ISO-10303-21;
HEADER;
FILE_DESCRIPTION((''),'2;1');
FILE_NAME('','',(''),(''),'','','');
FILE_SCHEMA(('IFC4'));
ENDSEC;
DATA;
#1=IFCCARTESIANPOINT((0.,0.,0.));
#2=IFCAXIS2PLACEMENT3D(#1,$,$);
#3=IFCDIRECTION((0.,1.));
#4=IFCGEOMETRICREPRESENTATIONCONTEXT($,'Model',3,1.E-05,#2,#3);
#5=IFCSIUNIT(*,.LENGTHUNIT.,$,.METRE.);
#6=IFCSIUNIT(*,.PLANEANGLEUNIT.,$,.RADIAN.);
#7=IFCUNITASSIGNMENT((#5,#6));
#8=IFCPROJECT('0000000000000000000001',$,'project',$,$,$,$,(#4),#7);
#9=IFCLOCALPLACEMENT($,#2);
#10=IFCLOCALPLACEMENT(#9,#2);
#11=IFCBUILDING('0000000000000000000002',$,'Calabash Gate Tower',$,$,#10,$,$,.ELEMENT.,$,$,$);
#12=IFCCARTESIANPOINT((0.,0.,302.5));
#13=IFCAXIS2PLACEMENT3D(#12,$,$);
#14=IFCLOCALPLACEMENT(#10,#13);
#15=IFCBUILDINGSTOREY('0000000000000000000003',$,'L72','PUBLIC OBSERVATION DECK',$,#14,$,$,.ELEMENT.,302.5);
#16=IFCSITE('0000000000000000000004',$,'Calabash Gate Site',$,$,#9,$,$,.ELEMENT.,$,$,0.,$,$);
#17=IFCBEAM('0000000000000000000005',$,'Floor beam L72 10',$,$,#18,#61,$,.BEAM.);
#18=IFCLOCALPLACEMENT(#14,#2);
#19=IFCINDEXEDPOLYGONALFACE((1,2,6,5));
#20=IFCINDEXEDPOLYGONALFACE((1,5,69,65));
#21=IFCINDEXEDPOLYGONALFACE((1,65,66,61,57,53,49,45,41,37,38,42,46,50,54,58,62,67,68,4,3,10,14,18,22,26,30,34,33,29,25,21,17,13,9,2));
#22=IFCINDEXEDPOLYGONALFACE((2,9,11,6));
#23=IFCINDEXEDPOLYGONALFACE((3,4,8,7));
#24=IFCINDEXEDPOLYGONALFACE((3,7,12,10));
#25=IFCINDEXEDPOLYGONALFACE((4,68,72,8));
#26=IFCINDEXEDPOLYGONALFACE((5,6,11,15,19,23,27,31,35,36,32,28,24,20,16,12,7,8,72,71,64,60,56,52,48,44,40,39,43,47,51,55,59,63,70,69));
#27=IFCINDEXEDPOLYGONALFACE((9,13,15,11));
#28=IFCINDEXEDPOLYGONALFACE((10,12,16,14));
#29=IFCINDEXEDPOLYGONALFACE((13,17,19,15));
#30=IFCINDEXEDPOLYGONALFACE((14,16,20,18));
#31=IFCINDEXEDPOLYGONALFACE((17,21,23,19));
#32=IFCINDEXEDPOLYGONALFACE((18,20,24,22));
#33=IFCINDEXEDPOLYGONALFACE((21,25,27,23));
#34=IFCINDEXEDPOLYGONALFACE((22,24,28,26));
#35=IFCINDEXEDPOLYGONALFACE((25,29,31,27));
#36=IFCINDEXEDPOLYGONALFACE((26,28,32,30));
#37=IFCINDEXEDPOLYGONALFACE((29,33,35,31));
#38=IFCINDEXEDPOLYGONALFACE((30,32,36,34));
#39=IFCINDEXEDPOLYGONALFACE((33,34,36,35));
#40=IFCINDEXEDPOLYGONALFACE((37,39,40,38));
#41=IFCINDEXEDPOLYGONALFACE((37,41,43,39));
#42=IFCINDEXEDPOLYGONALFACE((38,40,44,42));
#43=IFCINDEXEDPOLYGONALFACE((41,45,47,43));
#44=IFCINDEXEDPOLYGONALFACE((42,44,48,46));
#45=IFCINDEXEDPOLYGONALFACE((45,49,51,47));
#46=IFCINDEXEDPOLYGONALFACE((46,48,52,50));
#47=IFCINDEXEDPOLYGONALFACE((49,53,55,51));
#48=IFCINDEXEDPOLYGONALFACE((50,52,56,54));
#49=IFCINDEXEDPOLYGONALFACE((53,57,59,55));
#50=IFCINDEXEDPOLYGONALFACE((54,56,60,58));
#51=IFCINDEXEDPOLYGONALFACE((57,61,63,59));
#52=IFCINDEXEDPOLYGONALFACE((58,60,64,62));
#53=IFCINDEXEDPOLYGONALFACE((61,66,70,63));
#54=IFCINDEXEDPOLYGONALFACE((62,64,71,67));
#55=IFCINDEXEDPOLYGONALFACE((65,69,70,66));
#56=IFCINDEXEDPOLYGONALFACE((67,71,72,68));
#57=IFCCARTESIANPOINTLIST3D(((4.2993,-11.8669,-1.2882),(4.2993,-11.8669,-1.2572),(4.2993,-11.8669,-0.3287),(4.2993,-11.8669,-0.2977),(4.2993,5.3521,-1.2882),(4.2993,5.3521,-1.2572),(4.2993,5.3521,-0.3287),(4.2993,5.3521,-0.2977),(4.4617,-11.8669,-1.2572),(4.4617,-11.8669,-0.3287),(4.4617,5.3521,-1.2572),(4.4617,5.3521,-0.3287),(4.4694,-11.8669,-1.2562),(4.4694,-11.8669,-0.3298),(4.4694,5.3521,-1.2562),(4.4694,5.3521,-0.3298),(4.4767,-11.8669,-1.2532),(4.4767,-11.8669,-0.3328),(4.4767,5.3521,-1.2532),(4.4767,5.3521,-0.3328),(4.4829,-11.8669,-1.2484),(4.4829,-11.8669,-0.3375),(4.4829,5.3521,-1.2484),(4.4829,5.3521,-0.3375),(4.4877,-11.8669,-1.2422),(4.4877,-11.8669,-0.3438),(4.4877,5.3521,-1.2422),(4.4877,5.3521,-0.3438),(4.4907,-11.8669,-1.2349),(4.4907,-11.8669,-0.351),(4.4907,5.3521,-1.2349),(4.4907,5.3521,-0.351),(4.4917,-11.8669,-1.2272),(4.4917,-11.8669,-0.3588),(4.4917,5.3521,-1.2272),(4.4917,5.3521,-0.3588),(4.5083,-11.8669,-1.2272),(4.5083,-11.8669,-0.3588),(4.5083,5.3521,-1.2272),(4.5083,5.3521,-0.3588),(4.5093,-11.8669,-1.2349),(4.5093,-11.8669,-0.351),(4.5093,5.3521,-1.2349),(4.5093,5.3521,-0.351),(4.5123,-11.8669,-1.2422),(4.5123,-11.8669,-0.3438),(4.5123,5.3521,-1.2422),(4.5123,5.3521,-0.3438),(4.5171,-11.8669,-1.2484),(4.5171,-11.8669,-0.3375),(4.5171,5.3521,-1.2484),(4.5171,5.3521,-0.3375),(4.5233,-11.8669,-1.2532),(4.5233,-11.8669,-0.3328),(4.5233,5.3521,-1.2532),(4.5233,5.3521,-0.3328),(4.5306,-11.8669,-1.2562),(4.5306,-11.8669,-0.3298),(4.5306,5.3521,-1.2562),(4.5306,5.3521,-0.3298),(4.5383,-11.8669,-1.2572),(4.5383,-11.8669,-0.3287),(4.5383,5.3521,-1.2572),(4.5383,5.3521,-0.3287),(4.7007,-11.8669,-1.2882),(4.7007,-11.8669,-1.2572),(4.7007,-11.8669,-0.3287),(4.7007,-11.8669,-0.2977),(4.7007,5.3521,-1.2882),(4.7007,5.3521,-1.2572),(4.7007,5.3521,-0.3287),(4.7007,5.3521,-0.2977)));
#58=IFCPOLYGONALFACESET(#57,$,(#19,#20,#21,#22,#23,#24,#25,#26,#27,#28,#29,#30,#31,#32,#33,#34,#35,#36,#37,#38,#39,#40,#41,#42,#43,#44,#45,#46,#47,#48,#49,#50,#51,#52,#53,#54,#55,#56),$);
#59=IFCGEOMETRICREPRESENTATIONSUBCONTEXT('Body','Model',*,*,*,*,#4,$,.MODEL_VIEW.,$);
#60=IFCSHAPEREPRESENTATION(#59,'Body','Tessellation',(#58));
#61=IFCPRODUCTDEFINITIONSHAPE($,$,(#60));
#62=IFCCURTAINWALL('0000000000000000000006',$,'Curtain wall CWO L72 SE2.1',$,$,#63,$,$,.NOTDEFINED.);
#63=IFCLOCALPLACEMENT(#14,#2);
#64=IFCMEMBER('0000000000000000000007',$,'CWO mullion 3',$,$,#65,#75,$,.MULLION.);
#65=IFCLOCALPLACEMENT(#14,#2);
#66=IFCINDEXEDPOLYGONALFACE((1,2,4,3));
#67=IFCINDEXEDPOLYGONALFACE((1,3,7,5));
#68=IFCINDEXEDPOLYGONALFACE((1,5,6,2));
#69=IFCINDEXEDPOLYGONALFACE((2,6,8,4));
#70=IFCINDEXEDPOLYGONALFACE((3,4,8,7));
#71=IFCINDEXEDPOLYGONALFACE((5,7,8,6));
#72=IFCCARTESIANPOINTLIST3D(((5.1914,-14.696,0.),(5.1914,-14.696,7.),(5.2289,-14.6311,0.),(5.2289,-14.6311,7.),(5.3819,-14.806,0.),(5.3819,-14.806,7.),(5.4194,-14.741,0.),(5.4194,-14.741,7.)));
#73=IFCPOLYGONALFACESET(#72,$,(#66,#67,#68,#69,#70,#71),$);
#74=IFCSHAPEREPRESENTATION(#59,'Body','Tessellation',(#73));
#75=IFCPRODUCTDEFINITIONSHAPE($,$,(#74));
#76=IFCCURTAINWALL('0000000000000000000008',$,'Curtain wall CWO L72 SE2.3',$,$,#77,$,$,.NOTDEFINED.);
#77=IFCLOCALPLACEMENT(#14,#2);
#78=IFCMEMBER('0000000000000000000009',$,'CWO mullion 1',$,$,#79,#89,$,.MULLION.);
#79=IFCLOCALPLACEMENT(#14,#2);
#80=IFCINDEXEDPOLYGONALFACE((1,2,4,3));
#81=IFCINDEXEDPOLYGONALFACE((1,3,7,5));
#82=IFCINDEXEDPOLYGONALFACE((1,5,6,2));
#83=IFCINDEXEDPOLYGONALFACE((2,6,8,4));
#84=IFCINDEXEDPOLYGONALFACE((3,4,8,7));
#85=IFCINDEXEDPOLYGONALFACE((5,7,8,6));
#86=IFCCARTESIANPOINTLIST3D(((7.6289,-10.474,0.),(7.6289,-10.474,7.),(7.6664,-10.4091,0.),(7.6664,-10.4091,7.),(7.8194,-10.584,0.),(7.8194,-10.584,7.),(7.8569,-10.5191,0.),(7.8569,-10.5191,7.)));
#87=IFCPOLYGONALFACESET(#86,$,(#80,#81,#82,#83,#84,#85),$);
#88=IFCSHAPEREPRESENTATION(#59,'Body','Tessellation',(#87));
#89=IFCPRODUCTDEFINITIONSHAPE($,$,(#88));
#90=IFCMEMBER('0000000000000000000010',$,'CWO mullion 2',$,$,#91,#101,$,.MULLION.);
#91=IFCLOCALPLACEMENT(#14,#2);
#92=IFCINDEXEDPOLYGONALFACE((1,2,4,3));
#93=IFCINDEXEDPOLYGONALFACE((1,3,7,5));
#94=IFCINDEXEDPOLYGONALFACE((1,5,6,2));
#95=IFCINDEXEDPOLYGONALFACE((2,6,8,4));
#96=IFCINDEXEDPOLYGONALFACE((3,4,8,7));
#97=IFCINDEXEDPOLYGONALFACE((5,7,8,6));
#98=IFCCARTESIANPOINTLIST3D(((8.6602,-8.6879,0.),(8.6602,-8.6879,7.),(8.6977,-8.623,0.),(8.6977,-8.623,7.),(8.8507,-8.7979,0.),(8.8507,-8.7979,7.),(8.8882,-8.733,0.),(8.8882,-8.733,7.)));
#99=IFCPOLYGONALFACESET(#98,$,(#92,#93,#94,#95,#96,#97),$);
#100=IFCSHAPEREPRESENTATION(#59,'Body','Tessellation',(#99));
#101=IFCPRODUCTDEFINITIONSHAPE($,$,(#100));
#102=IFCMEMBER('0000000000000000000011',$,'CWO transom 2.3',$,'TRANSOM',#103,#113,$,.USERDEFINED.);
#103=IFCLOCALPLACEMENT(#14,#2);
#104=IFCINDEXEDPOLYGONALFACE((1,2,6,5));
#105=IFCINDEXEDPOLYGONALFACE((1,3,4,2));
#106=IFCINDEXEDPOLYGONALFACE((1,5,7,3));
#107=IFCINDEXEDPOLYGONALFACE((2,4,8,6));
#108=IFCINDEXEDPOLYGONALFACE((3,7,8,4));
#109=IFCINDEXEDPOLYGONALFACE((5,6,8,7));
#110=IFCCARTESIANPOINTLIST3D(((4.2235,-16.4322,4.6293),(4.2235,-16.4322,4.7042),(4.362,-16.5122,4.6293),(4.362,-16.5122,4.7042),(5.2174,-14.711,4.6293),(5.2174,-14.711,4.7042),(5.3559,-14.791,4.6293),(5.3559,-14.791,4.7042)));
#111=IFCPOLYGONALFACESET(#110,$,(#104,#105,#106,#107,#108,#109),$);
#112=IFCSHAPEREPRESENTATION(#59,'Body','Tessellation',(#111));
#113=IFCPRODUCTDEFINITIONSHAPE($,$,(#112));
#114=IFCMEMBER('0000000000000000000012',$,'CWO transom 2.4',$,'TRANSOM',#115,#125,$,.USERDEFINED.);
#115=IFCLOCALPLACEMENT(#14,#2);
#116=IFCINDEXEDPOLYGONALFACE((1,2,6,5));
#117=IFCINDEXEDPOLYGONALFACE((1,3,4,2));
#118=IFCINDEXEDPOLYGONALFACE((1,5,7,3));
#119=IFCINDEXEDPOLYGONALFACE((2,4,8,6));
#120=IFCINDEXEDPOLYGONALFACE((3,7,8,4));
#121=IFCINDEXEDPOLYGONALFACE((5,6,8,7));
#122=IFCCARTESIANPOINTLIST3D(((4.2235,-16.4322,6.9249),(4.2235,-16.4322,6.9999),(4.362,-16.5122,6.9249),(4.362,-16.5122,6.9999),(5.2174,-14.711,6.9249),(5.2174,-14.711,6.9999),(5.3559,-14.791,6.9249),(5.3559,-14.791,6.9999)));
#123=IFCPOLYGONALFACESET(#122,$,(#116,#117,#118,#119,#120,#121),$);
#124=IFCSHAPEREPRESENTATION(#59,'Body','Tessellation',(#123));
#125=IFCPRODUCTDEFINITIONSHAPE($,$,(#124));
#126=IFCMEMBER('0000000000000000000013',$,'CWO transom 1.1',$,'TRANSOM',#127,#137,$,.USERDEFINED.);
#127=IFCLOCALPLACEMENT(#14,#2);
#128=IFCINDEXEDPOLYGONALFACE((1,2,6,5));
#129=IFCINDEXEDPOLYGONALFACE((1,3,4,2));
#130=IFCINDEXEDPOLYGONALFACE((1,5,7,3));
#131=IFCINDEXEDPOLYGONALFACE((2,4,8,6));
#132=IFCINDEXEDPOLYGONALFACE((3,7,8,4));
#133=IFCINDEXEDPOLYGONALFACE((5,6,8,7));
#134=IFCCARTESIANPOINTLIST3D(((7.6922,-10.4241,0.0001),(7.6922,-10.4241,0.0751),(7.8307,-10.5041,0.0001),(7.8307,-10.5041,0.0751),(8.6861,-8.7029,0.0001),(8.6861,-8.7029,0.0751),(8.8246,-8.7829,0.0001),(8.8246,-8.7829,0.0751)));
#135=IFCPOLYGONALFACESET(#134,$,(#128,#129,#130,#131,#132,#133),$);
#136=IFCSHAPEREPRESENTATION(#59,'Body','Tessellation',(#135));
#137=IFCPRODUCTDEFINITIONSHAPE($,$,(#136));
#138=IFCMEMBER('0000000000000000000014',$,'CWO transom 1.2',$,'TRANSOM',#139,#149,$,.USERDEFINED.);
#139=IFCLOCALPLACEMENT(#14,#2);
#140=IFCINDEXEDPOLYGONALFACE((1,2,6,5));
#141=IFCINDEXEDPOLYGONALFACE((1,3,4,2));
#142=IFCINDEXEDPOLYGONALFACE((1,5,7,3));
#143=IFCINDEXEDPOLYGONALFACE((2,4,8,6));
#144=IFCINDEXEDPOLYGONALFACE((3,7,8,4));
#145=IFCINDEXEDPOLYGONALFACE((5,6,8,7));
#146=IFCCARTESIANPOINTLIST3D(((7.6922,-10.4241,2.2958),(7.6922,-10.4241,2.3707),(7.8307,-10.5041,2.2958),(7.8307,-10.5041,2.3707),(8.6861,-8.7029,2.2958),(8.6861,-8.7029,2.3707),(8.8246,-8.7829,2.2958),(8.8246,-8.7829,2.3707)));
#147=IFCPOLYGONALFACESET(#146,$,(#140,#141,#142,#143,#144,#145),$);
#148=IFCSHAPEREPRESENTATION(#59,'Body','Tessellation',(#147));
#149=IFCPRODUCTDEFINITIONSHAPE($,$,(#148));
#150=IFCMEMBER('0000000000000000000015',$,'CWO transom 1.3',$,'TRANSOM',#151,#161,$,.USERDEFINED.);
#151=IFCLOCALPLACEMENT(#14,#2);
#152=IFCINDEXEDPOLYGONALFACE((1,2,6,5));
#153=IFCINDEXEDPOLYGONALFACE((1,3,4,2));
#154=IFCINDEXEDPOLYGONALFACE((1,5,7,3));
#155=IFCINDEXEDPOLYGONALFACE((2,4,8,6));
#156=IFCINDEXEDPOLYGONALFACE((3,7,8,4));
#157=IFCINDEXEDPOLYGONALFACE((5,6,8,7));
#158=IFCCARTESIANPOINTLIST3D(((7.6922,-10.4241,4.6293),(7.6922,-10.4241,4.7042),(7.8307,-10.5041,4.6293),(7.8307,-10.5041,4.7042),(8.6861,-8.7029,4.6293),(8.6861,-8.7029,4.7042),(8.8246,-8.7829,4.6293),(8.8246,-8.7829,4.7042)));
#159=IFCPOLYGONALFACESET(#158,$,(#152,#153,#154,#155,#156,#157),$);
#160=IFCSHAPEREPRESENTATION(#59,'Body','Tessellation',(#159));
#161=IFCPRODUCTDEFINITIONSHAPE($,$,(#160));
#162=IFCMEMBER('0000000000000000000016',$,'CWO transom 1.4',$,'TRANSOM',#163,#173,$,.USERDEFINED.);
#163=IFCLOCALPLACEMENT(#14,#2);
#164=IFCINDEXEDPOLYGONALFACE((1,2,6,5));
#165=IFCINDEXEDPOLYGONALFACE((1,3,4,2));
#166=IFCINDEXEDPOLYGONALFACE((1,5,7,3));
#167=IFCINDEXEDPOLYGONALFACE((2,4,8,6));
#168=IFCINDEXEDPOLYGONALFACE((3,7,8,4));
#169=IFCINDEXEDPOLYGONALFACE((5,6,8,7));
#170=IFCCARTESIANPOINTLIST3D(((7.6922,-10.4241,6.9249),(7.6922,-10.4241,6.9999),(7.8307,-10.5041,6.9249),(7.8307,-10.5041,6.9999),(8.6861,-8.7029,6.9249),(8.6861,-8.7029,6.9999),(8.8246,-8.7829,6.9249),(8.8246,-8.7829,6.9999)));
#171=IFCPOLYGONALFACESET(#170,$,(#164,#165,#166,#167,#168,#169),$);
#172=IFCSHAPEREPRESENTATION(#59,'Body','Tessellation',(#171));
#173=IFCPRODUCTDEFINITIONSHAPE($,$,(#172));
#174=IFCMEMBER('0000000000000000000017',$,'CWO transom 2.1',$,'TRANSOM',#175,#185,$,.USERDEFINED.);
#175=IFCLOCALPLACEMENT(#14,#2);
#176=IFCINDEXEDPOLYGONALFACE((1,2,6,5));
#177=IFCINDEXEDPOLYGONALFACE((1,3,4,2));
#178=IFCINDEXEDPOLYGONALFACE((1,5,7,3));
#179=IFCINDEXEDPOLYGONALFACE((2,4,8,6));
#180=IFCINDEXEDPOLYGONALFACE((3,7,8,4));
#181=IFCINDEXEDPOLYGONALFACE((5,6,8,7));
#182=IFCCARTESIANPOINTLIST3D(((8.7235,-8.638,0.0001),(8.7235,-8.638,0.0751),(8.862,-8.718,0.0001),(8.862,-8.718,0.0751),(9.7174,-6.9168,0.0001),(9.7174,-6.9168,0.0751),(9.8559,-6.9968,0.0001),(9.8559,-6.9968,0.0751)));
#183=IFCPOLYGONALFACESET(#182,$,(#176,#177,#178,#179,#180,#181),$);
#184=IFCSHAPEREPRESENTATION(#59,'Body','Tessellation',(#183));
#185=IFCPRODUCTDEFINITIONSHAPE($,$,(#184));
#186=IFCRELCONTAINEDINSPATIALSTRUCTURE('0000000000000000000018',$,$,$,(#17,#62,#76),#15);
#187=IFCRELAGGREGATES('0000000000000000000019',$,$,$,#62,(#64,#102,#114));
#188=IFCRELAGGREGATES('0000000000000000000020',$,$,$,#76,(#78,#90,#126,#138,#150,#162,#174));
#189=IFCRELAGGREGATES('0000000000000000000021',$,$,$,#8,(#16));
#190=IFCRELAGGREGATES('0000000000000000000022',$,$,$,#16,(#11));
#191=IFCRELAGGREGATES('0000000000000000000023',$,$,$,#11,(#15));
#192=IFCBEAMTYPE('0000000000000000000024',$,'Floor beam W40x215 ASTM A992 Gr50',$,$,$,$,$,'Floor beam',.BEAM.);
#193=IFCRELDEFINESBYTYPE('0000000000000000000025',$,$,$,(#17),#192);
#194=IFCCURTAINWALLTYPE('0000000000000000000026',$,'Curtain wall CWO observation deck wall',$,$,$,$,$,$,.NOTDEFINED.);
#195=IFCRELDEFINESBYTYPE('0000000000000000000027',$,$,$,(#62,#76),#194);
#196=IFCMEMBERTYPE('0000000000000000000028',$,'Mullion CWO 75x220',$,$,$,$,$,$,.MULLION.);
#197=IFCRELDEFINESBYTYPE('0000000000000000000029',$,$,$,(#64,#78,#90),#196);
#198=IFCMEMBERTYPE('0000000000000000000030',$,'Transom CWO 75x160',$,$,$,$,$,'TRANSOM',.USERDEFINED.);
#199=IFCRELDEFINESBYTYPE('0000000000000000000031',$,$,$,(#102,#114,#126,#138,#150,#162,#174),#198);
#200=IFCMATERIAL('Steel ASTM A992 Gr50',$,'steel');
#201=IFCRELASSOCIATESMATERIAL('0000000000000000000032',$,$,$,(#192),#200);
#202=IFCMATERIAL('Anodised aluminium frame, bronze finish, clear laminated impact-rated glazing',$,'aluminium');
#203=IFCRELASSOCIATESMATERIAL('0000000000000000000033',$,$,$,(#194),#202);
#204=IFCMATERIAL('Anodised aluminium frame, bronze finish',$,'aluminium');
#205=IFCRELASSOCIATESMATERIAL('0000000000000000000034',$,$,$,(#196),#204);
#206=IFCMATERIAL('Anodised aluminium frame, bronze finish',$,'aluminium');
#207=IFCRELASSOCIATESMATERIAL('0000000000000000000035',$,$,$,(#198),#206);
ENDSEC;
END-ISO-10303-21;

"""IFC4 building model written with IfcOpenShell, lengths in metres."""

from ifc_helpers import new_model, si_unit, direction, frame, origin, origin_2d, place, context, subcontext, project, spatial, rectangle, i_section, extrude, material, material_profile, profile_set, type_object, element, aggregate, save


model = new_model("IFC4")

# Units and contexts
model_context = context("Model", 3, precision=1e-05, world=origin(), true_north=direction((0.0, 1.0)))
body_context = subcontext(model_context, "Body", "Model", "MODEL_VIEW")
ifc_project = project(units=[si_unit("LENGTHUNIT", "METRE"), si_unit("PLANEANGLEUNIT", "RADIAN")], contexts=[model_context])

# Site, building, storey
site_placement = place(None, origin())
site = spatial("IfcSite", under=ifc_project, at=site_placement, Name="Calabash Gate Site", CompositionType="ELEMENT", RefElevation=0.0)
building_placement = place(site_placement, origin())
building = spatial("IfcBuilding", under=site, at=building_placement, Name="Calabash Gate Tower", CompositionType="ELEMENT")
storey_placement = place(building_placement, frame((0.0, 0.0, 302.5)))
storey = spatial("IfcBuildingStorey", under=building, at=storey_placement, Name="L72", Description="PUBLIC OBSERVATION DECK", CompositionType="ELEMENT", Elevation=302.5)

# Beam
ifc_material_1 = material(Name="Steel ASTM A992 Gr50", Category="steel")
ifc_material_profile_1 = material_profile(ifc_material_1, i_section(OverallWidth=0.4014, OverallDepth=0.9905, WebThickness=0.0166, FlangeThickness=0.031, FilletRadius=0.03, at=origin_2d()))
ifc_profile_set_1 = profile_set([ifc_material_profile_1], Name="Steel ASTM A992 Gr50")
beam_type_1 = type_object("IfcBeamType", Name="Floor beam W40x215 ASTM A992 Gr50", ElementType="Floor beam", PredefinedType="BEAM", material=ifc_profile_set_1)
beam_1_placement = place(storey_placement, frame((4.5, -11.8669, -0.793), z_axis=(0.0, 1.0, 0.0), x_axis=(-1.0, 0.0, 0.0)))
element("IfcBeam", 1, at=beam_1_placement, inside=storey, type_object=beam_type_1, Name="Floor beam L72 10", PredefinedType="BEAM", context=body_context, shape_type="SweptSolid", body=[
    extrude(i_section(OverallWidth=0.4014, OverallDepth=0.9905, WebThickness=0.0166, FlangeThickness=0.031, FilletRadius=0.03, at=origin_2d()), origin(), (0.0, 0.0, 1.0), 17.219),
])

# Curtain wall, member
ifc_material_2 = material(Name="Anodised aluminium frame, bronze finish, clear laminated impact-rated glazing", Category="aluminium")
curtain_wall_type = type_object("IfcCurtainWallType", Name="Curtain wall CWO observation deck wall", PredefinedType="NOTDEFINED", material=ifc_material_2)
curtain_wall_1_placement = place(storey_placement, origin())
curtain_wall_1 = element("IfcCurtainWall", 2, at=curtain_wall_1_placement, inside=storey, type_object=curtain_wall_type, Name="Curtain wall CWO L72 SE2.1", PredefinedType="NOTDEFINED")
ifc_material_3 = material(Name="Anodised aluminium frame, bronze finish", Category="aluminium")
ifc_material_profile_2 = material_profile(ifc_material_3, rectangle(XDim=0.22, YDim=0.075, at=origin_2d()))
ifc_profile_set_2 = profile_set([ifc_material_profile_2], Name="Anodised aluminium frame, bronze finish")
member_type_1 = type_object("IfcMemberType", Name="Mullion CWO 75x220", PredefinedType="MULLION", material=ifc_profile_set_2)
member_1_placement = place(storey_placement, frame((5.3054, -14.7185, 0.0), z_axis=(0.0, 0.0, 1.0), x_axis=(-0.866025, 0.5, 0.0)))
member_1 = element("IfcMember", 3, at=member_1_placement, type_object=member_type_1, Name="CWO mullion 3", PredefinedType="MULLION", context=body_context, shape_type="SweptSolid", body=[
    extrude(rectangle(XDim=0.22, YDim=0.075, at=origin_2d()), origin(), (0.0, 0.0, 1.0), 7.0),
])

# Curtain wall, members
curtain_wall_2_placement = place(storey_placement, origin())
curtain_wall_2 = element("IfcCurtainWall", 4, at=curtain_wall_2_placement, inside=storey, type_object=curtain_wall_type, Name="Curtain wall CWO L72 SE2.3", PredefinedType="NOTDEFINED")
member_2_placement = place(storey_placement, frame((7.7429, -10.4966, 0.0), z_axis=(0.0, 0.0, 1.0), x_axis=(-0.866025, 0.5, 0.0)))
member_2 = element("IfcMember", 5, at=member_2_placement, type_object=member_type_1, Name="CWO mullion 1", PredefinedType="MULLION", context=body_context, shape_type="SweptSolid", body=[
    extrude(rectangle(XDim=0.22, YDim=0.075, at=origin_2d()), origin(), (0.0, 0.0, 1.0), 7.0),
])
member_3_placement = place(storey_placement, frame((8.7742, -8.7104, 0.0), z_axis=(0.0, 0.0, 1.0), x_axis=(-0.866025, 0.5, 0.0)))
member_3 = element("IfcMember", 6, at=member_3_placement, type_object=member_type_1, Name="CWO mullion 2", PredefinedType="MULLION", context=body_context, shape_type="SweptSolid", body=[
    extrude(rectangle(XDim=0.22, YDim=0.075, at=origin_2d()), origin(), (0.0, 0.0, 1.0), 7.0),
])

# Members
ifc_material_4 = material(Name="Anodised aluminium frame, bronze finish", Category="aluminium")
ifc_material_profile_3 = material_profile(ifc_material_4, rectangle(XDim=0.1599, YDim=0.075, at=origin_2d()))
ifc_profile_set_3 = profile_set([ifc_material_profile_3], Name="Anodised aluminium frame, bronze finish")
member_type_2 = type_object("IfcMemberType", Name="Transom CWO 75x160", ElementType="TRANSOM", PredefinedType="USERDEFINED", material=ifc_profile_set_3)
member_4_placement = place(storey_placement, frame((4.2927, -16.4722, 4.6667), z_axis=(0.500063, 0.865989, 0.0), x_axis=(-0.865989, 0.500063, 0.0)))
member_4 = element("IfcMember", 7, at=member_4_placement, type_object=member_type_2, Name="CWO transom 2.3", ObjectType="TRANSOM", PredefinedType="USERDEFINED", context=body_context, shape_type="SweptSolid", body=[
    extrude(rectangle(XDim=0.1599, YDim=0.075, at=origin_2d()), origin(), (0.0, 0.0, 1.0), 1.9875),
])
member_5_placement = place(storey_placement, frame((4.2927, -16.4722, 6.9624), z_axis=(0.500063, 0.865989, 0.0), x_axis=(-0.865989, 0.500063, 0.0)))
member_5 = element("IfcMember", 8, at=member_5_placement, type_object=member_type_2, Name="CWO transom 2.4", ObjectType="TRANSOM", PredefinedType="USERDEFINED", context=body_context, shape_type="SweptSolid", body=[
    extrude(rectangle(XDim=0.1599, YDim=0.075, at=origin_2d()), origin(), (0.0, 0.0, 1.0), 1.9875),
])
member_6_placement = place(storey_placement, frame((7.7615, -10.4641, 0.0376), z_axis=(0.500063, 0.865989, 0.0), x_axis=(-0.865989, 0.500063, 0.0)))
member_6 = element("IfcMember", 9, at=member_6_placement, type_object=member_type_2, Name="CWO transom 1.1", ObjectType="TRANSOM", PredefinedType="USERDEFINED", context=body_context, shape_type="SweptSolid", body=[
    extrude(rectangle(XDim=0.1599, YDim=0.075, at=origin_2d()), origin(), (0.0, 0.0, 1.0), 1.9875),
])
member_7_placement = place(storey_placement, frame((7.7615, -10.4641, 2.3333), z_axis=(0.500063, 0.865989, 0.0), x_axis=(-0.865989, 0.500063, 0.0)))
member_7 = element("IfcMember", 10, at=member_7_placement, type_object=member_type_2, Name="CWO transom 1.2", ObjectType="TRANSOM", PredefinedType="USERDEFINED", context=body_context, shape_type="SweptSolid", body=[
    extrude(rectangle(XDim=0.1599, YDim=0.075, at=origin_2d()), origin(), (0.0, 0.0, 1.0), 1.9875),
])
member_8_placement = place(storey_placement, frame((7.7615, -10.4641, 4.6667), z_axis=(0.500063, 0.865989, 0.0), x_axis=(-0.865989, 0.500063, 0.0)))
member_8 = element("IfcMember", 11, at=member_8_placement, type_object=member_type_2, Name="CWO transom 1.3", ObjectType="TRANSOM", PredefinedType="USERDEFINED", context=body_context, shape_type="SweptSolid", body=[
    extrude(rectangle(XDim=0.1599, YDim=0.075, at=origin_2d()), origin(), (0.0, 0.0, 1.0), 1.9875),
])
member_9_placement = place(storey_placement, frame((7.7615, -10.4641, 6.9624), z_axis=(0.500063, 0.865989, 0.0), x_axis=(-0.865989, 0.500063, 0.0)))
member_9 = element("IfcMember", 12, at=member_9_placement, type_object=member_type_2, Name="CWO transom 1.4", ObjectType="TRANSOM", PredefinedType="USERDEFINED", context=body_context, shape_type="SweptSolid", body=[
    extrude(rectangle(XDim=0.1599, YDim=0.075, at=origin_2d()), origin(), (0.0, 0.0, 1.0), 1.9875),
])
member_10_placement = place(storey_placement, frame((8.7927, -8.678, 0.0376), z_axis=(0.500063, 0.865989, 0.0), x_axis=(-0.865989, 0.500063, 0.0)))
member_10 = element("IfcMember", 13, at=member_10_placement, type_object=member_type_2, Name="CWO transom 2.1", ObjectType="TRANSOM", PredefinedType="USERDEFINED", context=body_context, shape_type="SweptSolid", body=[
    extrude(rectangle(XDim=0.1599, YDim=0.075, at=origin_2d()), origin(), (0.0, 0.0, 1.0), 1.9875),
])

aggregate(curtain_wall_1, [member_1, member_4, member_5])
aggregate(curtain_wall_2, [member_2, member_3, member_6, member_7, member_8, member_9, member_10])

save(model, "model.ifc")
